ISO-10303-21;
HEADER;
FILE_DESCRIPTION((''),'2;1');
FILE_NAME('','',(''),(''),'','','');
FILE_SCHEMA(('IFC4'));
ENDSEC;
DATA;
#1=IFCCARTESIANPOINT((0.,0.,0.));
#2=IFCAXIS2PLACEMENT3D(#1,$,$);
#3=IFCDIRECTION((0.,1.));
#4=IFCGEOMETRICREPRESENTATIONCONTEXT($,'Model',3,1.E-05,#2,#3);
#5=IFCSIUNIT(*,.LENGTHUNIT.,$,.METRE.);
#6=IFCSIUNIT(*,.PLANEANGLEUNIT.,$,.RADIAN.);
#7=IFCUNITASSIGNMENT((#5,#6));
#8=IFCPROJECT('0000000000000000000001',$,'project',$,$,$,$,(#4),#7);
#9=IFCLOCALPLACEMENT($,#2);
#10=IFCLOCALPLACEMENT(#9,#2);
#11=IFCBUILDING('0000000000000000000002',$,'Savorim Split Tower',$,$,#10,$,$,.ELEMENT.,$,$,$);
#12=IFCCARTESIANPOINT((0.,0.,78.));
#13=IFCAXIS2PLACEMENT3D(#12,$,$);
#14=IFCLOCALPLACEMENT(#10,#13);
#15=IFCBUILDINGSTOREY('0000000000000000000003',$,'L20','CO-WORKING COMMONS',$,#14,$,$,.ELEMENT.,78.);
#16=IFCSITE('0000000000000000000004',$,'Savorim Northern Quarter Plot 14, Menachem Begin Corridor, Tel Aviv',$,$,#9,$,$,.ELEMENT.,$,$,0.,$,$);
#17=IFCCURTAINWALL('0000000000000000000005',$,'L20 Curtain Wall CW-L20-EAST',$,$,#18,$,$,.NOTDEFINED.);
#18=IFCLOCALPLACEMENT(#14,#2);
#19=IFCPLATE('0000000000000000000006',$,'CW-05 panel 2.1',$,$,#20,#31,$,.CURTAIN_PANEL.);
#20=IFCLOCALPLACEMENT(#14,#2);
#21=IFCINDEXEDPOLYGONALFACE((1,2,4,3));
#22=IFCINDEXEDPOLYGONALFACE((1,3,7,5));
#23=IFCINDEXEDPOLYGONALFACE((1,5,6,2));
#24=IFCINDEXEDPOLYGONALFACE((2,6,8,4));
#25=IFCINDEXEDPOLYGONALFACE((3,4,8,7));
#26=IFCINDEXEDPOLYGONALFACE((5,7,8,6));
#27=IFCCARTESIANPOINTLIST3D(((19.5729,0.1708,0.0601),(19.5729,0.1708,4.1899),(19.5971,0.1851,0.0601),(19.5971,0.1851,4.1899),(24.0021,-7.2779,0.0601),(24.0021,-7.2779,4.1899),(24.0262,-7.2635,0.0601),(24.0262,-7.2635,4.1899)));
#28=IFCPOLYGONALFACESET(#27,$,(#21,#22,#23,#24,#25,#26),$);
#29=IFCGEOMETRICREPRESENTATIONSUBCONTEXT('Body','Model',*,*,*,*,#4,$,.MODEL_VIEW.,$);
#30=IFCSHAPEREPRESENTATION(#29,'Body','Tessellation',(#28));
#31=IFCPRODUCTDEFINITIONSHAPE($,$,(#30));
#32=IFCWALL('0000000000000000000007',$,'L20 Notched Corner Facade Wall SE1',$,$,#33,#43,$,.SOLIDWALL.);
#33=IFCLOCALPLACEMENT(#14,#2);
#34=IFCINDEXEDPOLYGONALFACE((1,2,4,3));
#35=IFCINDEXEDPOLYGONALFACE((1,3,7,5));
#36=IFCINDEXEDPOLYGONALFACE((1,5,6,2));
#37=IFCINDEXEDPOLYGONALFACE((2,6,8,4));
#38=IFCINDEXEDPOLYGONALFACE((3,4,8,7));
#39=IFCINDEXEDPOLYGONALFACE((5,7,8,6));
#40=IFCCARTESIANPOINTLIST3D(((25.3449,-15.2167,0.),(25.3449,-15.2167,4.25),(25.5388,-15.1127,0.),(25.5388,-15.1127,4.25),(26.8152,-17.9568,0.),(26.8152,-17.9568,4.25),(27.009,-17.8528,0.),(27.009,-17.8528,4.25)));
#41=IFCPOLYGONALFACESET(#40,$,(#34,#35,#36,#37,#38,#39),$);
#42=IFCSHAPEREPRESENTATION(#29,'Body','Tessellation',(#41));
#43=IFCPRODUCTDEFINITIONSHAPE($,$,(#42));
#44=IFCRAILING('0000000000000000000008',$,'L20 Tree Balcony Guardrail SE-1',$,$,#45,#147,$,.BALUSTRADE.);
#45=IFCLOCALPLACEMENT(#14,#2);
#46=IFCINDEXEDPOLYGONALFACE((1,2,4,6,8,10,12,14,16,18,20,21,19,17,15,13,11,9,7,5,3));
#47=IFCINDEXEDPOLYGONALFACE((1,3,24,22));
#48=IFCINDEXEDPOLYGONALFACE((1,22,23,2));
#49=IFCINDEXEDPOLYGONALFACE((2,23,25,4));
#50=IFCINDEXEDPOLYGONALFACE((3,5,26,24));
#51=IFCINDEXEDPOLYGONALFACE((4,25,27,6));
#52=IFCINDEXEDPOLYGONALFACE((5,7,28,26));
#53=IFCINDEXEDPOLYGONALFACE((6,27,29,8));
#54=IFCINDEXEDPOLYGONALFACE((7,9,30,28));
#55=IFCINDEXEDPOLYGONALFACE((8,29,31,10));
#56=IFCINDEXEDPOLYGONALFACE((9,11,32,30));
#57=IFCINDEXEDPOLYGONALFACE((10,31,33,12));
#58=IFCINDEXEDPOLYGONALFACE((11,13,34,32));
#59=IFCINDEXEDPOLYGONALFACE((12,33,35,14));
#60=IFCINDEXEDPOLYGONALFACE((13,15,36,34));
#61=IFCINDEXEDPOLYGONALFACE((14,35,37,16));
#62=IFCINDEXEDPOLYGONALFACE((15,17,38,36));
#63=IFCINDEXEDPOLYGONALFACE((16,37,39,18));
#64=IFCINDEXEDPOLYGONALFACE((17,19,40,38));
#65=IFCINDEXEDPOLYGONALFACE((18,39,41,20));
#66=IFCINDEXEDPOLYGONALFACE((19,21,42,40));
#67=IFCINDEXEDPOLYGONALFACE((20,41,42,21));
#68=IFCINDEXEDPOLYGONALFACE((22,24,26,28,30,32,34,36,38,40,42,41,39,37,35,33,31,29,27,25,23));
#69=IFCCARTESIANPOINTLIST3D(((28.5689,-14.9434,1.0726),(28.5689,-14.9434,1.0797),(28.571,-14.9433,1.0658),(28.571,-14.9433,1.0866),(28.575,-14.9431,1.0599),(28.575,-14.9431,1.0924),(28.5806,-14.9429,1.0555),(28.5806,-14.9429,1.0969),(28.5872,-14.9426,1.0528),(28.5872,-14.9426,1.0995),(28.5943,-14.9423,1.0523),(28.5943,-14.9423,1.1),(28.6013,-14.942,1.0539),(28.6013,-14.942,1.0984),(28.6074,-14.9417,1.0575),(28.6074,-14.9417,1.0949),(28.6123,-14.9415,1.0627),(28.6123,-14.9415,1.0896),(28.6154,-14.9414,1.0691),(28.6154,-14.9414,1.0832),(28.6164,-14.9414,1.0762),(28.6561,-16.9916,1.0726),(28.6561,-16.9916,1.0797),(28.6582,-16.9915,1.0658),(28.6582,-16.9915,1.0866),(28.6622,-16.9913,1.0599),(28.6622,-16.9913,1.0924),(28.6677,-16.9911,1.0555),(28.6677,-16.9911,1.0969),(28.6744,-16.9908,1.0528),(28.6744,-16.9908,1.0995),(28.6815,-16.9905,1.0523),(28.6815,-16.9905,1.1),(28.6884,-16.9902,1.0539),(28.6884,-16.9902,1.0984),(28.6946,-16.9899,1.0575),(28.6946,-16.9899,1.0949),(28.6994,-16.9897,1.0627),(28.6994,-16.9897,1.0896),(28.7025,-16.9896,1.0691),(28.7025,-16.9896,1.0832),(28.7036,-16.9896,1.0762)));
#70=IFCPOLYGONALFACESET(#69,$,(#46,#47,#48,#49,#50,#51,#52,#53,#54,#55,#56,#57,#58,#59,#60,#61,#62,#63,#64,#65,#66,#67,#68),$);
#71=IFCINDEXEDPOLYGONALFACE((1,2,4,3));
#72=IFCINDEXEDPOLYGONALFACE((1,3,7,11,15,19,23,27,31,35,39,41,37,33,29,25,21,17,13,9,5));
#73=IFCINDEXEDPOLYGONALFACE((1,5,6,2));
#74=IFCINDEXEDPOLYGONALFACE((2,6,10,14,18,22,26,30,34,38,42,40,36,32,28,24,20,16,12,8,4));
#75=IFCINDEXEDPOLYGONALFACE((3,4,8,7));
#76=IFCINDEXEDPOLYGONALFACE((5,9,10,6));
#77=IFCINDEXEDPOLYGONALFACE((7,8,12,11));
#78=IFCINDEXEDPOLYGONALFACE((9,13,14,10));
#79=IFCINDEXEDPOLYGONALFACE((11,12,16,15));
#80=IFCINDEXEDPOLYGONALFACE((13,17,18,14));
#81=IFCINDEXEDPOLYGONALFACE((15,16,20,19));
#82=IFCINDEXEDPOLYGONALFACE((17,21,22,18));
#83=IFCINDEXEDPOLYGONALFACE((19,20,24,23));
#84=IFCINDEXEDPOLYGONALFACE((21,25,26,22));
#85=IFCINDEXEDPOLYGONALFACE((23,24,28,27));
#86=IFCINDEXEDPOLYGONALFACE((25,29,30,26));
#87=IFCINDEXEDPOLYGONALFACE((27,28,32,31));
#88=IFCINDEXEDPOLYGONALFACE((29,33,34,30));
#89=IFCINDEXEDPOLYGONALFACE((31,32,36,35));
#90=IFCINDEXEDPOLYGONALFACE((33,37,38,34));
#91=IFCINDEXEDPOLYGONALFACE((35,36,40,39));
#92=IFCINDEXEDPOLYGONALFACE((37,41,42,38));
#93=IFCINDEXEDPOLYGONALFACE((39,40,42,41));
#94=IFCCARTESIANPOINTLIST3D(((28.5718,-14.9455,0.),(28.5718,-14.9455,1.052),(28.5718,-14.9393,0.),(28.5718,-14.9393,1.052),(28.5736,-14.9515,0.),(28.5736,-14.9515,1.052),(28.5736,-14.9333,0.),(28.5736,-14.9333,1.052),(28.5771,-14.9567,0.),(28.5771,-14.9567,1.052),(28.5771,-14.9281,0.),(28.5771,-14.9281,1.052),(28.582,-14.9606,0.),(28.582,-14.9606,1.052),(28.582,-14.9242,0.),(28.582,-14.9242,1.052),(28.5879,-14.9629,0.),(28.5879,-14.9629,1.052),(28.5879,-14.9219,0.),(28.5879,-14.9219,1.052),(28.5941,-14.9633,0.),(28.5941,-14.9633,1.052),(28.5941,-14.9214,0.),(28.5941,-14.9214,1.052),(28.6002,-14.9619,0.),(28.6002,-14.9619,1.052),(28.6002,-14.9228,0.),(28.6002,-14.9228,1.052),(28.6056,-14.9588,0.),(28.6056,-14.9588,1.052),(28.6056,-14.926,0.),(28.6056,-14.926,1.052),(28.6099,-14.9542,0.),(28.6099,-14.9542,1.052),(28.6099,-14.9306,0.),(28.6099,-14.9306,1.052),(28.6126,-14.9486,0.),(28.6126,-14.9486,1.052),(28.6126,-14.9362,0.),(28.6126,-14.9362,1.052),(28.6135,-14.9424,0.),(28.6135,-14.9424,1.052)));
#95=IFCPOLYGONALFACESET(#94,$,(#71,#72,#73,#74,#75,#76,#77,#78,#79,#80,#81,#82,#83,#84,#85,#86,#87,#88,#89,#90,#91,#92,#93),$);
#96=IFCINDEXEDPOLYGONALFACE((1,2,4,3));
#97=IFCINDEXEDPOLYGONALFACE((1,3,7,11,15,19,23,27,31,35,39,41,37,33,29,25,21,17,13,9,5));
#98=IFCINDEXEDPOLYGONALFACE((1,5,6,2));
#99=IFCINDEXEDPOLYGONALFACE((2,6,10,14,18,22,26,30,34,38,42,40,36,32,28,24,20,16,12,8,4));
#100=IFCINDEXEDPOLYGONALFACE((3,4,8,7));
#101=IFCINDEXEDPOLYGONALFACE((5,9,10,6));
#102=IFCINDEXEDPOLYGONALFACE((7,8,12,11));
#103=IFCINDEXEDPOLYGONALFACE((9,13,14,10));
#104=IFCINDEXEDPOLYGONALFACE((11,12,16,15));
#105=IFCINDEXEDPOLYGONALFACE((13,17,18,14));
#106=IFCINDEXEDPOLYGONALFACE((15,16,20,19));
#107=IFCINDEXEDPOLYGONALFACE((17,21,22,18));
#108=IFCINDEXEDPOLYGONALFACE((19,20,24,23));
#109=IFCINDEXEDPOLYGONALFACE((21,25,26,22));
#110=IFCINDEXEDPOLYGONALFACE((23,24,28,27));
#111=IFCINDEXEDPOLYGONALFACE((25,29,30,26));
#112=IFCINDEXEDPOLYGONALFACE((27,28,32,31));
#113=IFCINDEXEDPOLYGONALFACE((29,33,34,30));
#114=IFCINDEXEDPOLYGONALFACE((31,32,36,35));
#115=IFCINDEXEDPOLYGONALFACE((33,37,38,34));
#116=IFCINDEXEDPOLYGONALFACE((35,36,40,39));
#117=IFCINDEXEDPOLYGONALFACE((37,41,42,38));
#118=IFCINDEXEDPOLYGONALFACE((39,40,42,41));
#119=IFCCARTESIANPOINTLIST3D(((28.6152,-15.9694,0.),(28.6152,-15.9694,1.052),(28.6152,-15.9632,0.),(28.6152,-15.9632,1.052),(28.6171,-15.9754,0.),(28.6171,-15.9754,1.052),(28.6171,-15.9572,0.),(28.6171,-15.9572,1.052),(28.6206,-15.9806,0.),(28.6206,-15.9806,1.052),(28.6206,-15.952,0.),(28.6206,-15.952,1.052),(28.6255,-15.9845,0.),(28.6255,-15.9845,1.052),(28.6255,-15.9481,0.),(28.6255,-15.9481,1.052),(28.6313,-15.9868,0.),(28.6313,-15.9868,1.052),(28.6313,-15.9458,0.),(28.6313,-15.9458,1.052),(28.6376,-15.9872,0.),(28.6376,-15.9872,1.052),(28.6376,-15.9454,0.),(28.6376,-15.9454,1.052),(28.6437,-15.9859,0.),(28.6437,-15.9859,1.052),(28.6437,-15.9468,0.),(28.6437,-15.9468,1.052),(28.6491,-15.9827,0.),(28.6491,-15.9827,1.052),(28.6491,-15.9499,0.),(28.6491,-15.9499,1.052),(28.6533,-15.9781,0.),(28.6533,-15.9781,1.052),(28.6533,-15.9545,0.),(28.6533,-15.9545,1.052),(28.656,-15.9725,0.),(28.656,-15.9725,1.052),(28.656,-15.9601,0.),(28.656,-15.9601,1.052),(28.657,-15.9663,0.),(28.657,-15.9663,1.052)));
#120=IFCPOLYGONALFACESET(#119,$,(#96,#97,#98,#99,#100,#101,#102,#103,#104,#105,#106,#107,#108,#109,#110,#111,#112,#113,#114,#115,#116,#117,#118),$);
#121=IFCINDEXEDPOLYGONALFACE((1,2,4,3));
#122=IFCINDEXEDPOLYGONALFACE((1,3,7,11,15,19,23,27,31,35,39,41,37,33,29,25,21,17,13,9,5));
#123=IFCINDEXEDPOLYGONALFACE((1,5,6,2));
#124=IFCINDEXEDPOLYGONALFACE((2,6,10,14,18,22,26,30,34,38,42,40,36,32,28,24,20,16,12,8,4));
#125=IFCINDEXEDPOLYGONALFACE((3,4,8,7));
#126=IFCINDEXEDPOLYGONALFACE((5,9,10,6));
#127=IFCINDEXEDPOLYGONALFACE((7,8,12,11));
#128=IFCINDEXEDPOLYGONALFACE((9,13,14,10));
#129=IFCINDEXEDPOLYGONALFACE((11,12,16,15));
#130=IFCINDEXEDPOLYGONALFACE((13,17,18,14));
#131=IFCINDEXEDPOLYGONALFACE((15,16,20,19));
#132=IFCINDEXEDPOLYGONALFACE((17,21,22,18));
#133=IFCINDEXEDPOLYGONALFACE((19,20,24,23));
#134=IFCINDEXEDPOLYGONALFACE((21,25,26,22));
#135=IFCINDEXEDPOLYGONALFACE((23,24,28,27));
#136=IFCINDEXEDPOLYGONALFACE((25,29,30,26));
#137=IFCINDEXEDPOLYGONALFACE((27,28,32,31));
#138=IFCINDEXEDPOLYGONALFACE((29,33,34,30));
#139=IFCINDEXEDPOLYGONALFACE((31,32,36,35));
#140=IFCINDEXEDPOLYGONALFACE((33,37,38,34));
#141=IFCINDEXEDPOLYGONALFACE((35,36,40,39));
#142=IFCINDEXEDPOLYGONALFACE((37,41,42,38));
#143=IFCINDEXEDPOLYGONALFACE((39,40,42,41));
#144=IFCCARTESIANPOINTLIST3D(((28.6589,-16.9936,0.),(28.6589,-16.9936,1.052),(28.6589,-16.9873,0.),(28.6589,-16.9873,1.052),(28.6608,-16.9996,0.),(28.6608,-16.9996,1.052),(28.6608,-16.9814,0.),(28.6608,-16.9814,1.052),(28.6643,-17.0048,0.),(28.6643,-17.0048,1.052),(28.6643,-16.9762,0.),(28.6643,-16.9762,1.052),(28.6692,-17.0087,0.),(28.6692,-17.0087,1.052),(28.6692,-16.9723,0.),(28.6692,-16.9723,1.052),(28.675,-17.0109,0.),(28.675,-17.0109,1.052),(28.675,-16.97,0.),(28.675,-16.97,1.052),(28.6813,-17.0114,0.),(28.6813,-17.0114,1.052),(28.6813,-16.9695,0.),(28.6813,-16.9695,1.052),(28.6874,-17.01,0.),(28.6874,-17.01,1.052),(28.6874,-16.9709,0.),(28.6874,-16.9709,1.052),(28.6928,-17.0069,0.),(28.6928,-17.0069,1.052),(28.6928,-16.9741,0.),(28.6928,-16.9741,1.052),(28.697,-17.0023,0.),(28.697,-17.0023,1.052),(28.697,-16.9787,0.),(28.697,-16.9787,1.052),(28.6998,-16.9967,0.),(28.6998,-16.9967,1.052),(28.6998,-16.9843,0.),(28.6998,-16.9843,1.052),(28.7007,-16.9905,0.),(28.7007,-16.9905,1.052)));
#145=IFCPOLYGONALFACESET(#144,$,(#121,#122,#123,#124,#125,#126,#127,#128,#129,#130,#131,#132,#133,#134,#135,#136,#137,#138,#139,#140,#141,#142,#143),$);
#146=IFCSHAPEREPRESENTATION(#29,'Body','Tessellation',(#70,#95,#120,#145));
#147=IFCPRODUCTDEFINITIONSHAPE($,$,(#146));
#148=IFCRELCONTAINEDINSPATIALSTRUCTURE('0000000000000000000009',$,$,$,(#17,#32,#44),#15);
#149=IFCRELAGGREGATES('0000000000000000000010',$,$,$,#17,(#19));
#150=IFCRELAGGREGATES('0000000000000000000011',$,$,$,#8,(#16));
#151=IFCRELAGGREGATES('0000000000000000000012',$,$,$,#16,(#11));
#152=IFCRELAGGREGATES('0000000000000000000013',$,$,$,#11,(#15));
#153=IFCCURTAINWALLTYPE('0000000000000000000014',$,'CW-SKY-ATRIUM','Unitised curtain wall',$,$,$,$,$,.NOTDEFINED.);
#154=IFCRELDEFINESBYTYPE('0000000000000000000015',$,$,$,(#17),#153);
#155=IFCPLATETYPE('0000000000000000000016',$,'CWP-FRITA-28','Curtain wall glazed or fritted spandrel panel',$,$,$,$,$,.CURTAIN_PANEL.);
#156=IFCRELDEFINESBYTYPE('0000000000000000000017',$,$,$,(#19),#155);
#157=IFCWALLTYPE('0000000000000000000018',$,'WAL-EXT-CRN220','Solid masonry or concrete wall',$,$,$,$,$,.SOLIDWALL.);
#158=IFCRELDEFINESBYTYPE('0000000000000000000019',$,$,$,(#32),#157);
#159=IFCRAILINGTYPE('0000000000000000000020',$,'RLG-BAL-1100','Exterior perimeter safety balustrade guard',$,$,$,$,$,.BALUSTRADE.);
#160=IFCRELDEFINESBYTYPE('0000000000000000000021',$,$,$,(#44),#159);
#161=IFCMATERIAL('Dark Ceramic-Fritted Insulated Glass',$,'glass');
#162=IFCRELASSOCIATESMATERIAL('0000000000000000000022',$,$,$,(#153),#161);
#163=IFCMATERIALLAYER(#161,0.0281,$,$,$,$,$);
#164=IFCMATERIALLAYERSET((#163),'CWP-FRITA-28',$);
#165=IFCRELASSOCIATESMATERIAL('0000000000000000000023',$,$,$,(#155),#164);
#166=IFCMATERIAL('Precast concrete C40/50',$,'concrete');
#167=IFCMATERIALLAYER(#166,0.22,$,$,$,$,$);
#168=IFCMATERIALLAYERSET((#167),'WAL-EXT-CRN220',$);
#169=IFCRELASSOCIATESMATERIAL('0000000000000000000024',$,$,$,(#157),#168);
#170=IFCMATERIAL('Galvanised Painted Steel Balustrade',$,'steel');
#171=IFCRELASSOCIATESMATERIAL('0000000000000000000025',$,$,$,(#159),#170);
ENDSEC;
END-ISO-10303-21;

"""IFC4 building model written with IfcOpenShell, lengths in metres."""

from ifc_helpers import new_model, si_unit, direction, frame, frame_2d, origin, origin_2d, place, context, subcontext, project, spatial, rectangle, circle, extrude, material, layer, layer_set, type_object, element, aggregate, save


model = new_model("IFC4")

# Units and contexts
model_context = context("Model", 3, precision=1e-05, world=origin(), true_north=direction((0.0, 1.0)))
body_context = subcontext(model_context, "Body", "Model", "MODEL_VIEW")
ifc_project = project(units=[si_unit("LENGTHUNIT", "METRE"), si_unit("PLANEANGLEUNIT", "RADIAN")], contexts=[model_context])

# Site, building, storey
site_placement = place(None, origin())
site = spatial("IfcSite", under=ifc_project, at=site_placement, Name="Savorim Northern Quarter Plot 14, Menachem Begin Corridor, Tel Aviv", CompositionType="ELEMENT", RefElevation=0.0)
building_placement = place(site_placement, origin())
building = spatial("IfcBuilding", under=site, at=building_placement, Name="Savorim Split Tower", CompositionType="ELEMENT")
storey_placement = place(building_placement, frame((0.0, 0.0, 78.0)))
storey = spatial("IfcBuildingStorey", under=building, at=storey_placement, Name="L20", Description="CO-WORKING COMMONS", CompositionType="ELEMENT", Elevation=78.0)

# Shared definitions
ifc_material_1 = material(Name="Dark Ceramic-Fritted Insulated Glass", Category="glass")
curtain_wall_type = type_object("IfcCurtainWallType", Name="CW-SKY-ATRIUM", Description="Unitised curtain wall", PredefinedType="NOTDEFINED", material=ifc_material_1)

# Curtain wall
curtain_wall_1_placement = place(storey_placement, origin())
curtain_wall_1 = element("IfcCurtainWall", 1, at=curtain_wall_1_placement, inside=storey, type_object=curtain_wall_type, Name="L20 Curtain Wall CW-L20-EAST", PredefinedType="NOTDEFINED")

# Plate
ifc_layer_1 = layer(ifc_material_1, 0.0281)
ifc_layer_set_1 = layer_set([ifc_layer_1], Name="CWP-FRITA-28")
plate_type = type_object("IfcPlateType", Name="CWP-FRITA-28", Description="Curtain wall glazed or fritted spandrel panel", PredefinedType="CURTAIN_PANEL", material=ifc_layer_set_1)
plate_1_placement = place(storey_placement, frame((21.7996, -3.5464, 0.0601), z_axis=(0.0, 0.0, 1.0), x_axis=(-0.511093, 0.859525, 0.0)))
plate_1 = element("IfcPlate", 2, at=plate_1_placement, type_object=plate_type, Name="CW-05 panel 2.1", PredefinedType="CURTAIN_PANEL", context=body_context, shape_type="SweptSolid", body=[
    extrude(rectangle(XDim=8.666, YDim=0.0281, at=origin_2d()), origin(), (0.0, 0.0, 1.0), 4.1299),
])
aggregate(curtain_wall_1, [plate_1])

# Wall
ifc_material_2 = material(Name="Precast concrete C40/50", Category="concrete")
ifc_layer_2 = layer(ifc_material_2, 0.22)
ifc_layer_set_2 = layer_set([ifc_layer_2], Name="WAL-EXT-CRN220")
wall_type = type_object("IfcWallType", Name="WAL-EXT-CRN220", Description="Solid masonry or concrete wall", PredefinedType="SOLIDWALL", material=ifc_layer_set_2)
wall_1_placement = place(storey_placement, frame((25.4419, -15.1648, 0.0), z_axis=(0.0, 0.0, 1.0), x_axis=(0.472812, -0.881163, 0.0)))
element("IfcWall", 3, at=wall_1_placement, inside=storey, type_object=wall_type, Name="L20 Notched Corner Facade Wall SE1", PredefinedType="SOLIDWALL", context=body_context, shape_type="SweptSolid", body=[
    extrude(rectangle(XDim=3.1096, YDim=0.22, at=frame_2d((1.5547, 0.0))), origin(), (0.0, 0.0, 1.0), 4.25),
])

# Railing
ifc_material_3 = material(Name="Galvanised Painted Steel Balustrade", Category="steel")
railing_type = type_object("IfcRailingType", Name="RLG-BAL-1100", Description="Exterior perimeter safety balustrade guard", PredefinedType="BALUSTRADE", material=ifc_material_3)
railing_1_placement = place(storey_placement, frame((28.5925, -14.9424, 0.0)))
element("IfcRailing", 4, at=railing_1_placement, inside=storey, type_object=railing_type, Name="L20 Tree Balcony Guardrail SE-1", PredefinedType="BALUSTRADE", context=body_context, shape_type="SweptSolid", body=[
    extrude(circle(Radius=0.0239, at=origin_2d()), frame((0.0, 0.0, 1.0762), z_axis=(0.042517, -0.999096, 0.0), x_axis=(0.999096, 0.042517, 0.0)), (0.0, 0.0, 1.0), 2.05),
    extrude(circle(Radius=0.021, at=origin_2d()), origin(), (0.0, 0.0, 1.0), 1.052),
    extrude(circle(Radius=0.021, at=origin_2d()), frame((0.0435, -1.0239, 0.0)), (0.0, 0.0, 1.0), 1.052),
    extrude(circle(Radius=0.021, at=origin_2d()), frame((0.0872, -2.0481, 0.0)), (0.0, 0.0, 1.0), 1.052),
])

save(model, "model.ifc")
